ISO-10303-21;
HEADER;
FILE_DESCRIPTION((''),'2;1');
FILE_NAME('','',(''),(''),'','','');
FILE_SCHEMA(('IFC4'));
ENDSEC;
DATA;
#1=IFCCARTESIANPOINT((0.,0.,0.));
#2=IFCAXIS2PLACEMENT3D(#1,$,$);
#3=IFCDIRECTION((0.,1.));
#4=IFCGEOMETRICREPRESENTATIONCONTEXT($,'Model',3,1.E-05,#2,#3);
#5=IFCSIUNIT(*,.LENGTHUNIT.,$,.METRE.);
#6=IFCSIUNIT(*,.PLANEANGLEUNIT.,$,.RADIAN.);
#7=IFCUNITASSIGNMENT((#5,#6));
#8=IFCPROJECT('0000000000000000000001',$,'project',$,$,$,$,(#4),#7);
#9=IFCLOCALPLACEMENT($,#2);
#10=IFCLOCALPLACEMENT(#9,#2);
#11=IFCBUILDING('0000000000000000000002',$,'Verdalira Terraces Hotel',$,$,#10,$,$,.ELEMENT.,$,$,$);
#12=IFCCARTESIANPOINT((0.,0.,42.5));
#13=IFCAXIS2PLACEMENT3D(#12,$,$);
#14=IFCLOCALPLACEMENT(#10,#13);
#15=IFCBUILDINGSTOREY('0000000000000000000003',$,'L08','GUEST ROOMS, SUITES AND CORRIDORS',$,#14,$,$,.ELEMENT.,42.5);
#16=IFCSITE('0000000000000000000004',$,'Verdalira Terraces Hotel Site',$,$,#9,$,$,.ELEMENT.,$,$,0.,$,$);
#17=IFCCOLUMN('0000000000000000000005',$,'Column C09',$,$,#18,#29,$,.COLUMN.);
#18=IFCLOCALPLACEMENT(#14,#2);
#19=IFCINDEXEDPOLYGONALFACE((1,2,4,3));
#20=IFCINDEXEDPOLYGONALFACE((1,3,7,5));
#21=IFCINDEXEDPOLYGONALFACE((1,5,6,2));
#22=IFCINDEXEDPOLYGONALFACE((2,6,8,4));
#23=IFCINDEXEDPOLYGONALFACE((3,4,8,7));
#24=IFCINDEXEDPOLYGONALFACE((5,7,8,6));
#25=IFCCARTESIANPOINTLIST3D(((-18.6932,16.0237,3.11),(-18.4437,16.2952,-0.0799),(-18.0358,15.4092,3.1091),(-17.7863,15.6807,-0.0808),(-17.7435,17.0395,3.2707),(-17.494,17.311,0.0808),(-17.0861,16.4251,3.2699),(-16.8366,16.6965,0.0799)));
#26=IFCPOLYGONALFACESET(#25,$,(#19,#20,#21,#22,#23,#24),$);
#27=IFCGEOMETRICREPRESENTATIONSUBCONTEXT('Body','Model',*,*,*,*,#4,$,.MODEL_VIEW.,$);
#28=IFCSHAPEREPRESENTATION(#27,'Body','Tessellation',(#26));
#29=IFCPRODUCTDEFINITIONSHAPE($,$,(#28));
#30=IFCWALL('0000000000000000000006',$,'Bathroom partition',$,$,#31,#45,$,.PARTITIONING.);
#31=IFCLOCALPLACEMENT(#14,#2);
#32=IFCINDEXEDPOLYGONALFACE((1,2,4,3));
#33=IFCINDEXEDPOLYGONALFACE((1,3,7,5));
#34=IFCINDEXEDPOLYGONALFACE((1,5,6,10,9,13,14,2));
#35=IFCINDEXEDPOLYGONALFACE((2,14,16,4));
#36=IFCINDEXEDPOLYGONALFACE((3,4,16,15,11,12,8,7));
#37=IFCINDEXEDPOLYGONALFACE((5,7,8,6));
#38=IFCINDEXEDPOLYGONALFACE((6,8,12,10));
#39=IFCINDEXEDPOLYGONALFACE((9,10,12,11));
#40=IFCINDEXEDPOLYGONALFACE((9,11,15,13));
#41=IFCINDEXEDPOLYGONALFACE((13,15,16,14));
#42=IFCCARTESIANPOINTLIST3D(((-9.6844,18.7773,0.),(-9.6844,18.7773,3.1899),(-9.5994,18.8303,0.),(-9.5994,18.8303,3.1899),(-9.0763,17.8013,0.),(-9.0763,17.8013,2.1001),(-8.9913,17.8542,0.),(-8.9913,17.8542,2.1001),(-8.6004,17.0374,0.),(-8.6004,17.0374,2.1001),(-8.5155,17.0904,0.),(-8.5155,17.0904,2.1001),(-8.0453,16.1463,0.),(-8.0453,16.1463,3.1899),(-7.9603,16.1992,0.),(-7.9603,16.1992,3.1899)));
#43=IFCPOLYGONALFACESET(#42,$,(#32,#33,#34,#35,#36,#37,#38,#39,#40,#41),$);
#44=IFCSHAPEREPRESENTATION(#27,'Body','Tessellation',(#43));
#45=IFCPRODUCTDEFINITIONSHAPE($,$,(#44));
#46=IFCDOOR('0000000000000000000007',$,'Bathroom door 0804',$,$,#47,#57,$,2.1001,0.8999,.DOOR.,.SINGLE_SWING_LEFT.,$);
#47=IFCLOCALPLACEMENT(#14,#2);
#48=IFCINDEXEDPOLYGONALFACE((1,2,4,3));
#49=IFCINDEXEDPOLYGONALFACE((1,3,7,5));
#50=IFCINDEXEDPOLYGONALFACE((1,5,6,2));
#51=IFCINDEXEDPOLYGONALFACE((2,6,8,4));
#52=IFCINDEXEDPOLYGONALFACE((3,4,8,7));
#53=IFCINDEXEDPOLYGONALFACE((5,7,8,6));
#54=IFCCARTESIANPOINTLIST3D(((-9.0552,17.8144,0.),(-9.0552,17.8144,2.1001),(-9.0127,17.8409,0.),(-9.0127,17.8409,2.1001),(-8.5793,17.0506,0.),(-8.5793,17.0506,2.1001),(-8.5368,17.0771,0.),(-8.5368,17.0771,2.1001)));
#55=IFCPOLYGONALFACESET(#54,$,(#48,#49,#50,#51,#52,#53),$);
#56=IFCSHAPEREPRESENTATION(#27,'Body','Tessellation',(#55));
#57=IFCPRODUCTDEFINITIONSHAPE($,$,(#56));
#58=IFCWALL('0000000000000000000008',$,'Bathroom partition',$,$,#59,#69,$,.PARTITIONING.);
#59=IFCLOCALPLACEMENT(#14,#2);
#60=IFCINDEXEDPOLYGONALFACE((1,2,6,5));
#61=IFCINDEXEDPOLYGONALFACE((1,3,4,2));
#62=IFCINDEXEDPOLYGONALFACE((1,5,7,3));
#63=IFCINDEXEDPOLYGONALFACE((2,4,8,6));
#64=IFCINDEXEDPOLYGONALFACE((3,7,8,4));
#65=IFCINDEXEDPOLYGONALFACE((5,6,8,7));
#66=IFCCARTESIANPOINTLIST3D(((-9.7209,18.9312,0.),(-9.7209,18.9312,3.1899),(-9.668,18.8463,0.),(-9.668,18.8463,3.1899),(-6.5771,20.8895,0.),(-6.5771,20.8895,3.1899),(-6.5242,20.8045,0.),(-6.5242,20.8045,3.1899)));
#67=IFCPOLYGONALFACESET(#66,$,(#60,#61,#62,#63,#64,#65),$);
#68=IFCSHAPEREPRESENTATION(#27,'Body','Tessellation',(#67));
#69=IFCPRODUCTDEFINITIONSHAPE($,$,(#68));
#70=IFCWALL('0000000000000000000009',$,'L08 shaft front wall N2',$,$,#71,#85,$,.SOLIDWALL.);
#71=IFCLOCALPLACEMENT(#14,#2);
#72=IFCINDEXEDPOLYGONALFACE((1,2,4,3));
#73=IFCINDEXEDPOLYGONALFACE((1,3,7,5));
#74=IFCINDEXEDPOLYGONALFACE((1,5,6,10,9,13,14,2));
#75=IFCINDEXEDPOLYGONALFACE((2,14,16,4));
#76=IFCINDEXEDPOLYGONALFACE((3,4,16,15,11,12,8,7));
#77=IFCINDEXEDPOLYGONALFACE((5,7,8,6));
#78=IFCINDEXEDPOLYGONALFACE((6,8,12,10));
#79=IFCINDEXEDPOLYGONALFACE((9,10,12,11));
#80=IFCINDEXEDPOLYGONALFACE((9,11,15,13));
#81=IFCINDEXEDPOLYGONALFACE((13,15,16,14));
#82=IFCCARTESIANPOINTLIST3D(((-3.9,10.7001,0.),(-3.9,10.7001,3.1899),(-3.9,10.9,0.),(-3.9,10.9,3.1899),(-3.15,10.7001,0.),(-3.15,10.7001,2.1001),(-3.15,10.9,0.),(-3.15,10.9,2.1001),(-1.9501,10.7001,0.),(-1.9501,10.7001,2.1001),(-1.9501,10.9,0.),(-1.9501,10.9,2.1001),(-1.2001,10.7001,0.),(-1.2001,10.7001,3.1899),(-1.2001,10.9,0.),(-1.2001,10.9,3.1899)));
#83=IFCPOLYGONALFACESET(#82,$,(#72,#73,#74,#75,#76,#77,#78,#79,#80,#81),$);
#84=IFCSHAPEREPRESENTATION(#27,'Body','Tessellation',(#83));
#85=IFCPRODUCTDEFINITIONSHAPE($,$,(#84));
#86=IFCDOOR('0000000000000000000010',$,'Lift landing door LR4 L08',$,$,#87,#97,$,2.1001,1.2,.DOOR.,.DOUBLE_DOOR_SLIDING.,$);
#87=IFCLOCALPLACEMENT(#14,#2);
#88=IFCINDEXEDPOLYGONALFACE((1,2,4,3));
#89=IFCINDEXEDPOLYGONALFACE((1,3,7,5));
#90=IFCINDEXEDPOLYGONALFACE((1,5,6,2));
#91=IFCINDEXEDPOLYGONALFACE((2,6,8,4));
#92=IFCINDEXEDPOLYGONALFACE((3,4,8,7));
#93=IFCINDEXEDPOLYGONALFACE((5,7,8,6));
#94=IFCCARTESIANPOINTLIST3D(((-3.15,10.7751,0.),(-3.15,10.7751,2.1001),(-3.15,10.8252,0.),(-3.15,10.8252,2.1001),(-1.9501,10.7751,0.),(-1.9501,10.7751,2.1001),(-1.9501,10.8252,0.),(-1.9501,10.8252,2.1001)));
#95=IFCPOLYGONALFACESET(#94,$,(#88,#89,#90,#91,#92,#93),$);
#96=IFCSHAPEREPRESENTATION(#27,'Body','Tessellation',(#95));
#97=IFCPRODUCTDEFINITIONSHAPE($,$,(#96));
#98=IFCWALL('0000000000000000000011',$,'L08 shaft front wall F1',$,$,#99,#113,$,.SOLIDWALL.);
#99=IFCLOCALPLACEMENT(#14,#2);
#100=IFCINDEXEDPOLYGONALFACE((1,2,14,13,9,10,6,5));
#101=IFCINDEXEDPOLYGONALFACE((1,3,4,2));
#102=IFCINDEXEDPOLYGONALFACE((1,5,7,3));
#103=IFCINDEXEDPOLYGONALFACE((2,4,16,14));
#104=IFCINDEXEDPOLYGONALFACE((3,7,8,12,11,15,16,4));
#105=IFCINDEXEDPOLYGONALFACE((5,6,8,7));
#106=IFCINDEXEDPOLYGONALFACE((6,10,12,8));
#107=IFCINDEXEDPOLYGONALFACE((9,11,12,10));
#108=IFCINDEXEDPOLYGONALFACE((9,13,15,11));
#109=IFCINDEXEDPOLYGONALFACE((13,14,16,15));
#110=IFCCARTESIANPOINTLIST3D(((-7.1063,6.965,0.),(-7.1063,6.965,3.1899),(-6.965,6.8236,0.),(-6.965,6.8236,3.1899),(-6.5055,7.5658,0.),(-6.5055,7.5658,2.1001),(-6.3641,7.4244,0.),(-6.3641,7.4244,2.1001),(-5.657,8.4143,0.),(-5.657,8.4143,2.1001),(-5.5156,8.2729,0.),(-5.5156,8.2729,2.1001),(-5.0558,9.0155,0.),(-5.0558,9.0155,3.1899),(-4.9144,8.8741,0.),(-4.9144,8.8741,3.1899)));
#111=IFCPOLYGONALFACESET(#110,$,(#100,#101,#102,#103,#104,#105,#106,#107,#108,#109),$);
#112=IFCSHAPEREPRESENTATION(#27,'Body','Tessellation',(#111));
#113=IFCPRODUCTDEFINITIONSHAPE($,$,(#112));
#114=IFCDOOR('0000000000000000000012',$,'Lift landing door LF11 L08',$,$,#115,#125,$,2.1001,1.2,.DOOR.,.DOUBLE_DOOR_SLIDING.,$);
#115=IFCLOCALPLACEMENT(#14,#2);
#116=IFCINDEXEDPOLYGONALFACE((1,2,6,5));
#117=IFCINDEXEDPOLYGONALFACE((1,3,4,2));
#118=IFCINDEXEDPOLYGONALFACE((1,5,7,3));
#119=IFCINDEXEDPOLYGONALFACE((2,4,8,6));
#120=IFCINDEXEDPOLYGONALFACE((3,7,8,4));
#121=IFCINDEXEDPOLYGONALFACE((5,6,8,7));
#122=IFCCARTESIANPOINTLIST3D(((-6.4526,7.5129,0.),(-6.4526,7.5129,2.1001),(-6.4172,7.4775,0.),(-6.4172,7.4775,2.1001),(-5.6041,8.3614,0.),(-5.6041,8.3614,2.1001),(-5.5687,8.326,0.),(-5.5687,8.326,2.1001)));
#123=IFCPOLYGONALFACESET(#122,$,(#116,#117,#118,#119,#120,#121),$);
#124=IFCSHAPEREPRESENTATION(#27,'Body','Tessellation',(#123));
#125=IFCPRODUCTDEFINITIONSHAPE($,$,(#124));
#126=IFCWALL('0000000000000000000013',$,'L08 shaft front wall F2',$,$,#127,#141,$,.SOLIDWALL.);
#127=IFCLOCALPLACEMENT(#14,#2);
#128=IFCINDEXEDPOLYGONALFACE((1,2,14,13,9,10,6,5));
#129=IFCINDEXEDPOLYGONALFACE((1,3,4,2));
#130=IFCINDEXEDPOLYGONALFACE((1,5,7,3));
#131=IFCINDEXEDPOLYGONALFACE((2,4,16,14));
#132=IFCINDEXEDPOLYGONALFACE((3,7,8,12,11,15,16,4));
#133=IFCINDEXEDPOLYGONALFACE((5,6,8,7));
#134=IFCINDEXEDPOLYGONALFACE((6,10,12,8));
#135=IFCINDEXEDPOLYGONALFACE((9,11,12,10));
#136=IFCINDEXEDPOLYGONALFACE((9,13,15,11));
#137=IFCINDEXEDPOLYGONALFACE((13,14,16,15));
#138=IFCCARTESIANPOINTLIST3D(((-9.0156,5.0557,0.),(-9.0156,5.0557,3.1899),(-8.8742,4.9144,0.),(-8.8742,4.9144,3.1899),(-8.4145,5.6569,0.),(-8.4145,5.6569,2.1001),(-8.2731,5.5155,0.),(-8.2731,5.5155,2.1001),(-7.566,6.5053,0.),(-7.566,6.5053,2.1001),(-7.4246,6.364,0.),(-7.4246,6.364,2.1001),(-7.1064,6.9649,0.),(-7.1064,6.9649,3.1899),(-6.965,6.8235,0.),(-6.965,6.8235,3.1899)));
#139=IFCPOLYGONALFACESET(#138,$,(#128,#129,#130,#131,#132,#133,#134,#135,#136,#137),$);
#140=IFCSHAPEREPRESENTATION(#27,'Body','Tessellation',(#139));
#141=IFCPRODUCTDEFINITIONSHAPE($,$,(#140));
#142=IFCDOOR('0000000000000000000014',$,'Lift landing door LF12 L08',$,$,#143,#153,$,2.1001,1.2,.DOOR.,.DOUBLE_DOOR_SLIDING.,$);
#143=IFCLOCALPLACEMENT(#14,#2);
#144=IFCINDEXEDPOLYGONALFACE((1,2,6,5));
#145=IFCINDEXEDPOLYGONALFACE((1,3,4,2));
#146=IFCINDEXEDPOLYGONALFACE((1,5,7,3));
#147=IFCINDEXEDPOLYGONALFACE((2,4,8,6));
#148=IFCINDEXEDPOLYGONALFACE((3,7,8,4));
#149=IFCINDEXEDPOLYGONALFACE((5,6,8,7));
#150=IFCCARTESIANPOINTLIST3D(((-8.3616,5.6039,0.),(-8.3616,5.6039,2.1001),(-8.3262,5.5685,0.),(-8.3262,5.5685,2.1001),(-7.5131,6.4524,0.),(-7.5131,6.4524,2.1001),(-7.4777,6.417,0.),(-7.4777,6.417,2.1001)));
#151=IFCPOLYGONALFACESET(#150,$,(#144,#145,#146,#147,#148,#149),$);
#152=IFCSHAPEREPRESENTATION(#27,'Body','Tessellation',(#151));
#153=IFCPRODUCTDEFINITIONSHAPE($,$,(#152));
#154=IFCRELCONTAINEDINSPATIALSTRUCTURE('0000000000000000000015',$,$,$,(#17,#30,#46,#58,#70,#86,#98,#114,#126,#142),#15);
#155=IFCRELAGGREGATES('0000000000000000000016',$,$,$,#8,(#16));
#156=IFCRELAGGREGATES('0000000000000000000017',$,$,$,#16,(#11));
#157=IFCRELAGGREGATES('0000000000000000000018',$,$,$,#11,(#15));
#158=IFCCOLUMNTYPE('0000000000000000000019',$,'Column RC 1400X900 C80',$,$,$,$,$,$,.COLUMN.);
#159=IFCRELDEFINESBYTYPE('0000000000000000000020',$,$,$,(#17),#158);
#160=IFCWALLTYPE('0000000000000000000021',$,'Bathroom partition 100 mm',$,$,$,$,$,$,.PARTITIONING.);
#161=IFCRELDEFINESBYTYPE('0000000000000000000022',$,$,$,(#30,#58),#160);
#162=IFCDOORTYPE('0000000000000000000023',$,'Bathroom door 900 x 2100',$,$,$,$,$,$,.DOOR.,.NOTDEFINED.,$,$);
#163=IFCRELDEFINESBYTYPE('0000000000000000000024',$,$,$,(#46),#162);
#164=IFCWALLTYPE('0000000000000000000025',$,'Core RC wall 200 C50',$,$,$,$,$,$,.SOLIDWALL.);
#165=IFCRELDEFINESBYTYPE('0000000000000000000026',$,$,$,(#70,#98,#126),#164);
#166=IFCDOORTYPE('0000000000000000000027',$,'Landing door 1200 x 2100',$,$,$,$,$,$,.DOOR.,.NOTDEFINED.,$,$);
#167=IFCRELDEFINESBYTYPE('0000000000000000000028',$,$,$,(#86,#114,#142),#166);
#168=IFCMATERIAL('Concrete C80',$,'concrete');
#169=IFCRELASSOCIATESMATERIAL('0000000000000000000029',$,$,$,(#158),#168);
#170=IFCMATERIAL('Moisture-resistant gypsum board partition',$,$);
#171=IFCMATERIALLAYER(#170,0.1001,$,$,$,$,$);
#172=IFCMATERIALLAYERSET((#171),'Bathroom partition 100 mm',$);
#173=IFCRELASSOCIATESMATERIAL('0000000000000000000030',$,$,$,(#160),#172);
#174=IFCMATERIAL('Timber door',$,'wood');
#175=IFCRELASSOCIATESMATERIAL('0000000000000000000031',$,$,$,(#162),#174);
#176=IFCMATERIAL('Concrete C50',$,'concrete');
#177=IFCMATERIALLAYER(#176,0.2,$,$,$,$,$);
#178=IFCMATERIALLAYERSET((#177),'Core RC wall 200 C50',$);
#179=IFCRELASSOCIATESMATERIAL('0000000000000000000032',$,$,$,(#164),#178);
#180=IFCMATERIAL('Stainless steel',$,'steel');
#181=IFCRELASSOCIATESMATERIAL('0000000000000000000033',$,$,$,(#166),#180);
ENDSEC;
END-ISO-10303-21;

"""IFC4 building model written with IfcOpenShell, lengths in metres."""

from ifc_helpers import new_model, si_unit, direction, frame, frame_2d, origin, origin_2d, place, context, subcontext, project, spatial, rectangle, extrude, material, layer, layer_set, material_profile, profile_set, type_object, element, fill, save


model = new_model("IFC4")

# Units and contexts
model_context = context("Model", 3, precision=1e-05, world=origin(), true_north=direction((0.0, 1.0)))
body_context = subcontext(model_context, "Body", "Model", "MODEL_VIEW")
ifc_project = project(units=[si_unit("LENGTHUNIT", "METRE"), si_unit("PLANEANGLEUNIT", "RADIAN")], contexts=[model_context])

# Site, building, storey
site_placement = place(None, origin())
site = spatial("IfcSite", under=ifc_project, at=site_placement, Name="Verdalira Terraces Hotel Site", CompositionType="ELEMENT", RefElevation=0.0)
building_placement = place(site_placement, origin())
building = spatial("IfcBuilding", under=site, at=building_placement, Name="Verdalira Terraces Hotel", CompositionType="ELEMENT")
storey_placement = place(building_placement, frame((0.0, 0.0, 42.5)))
storey = spatial("IfcBuildingStorey", under=building, at=storey_placement, Name="L08", Description="GUEST ROOMS, SUITES AND CORRIDORS", CompositionType="ELEMENT", Elevation=42.5)

# Column
ifc_material_1 = material(Name="Concrete C80", Category="concrete")
ifc_material_profile = material_profile(ifc_material_1, rectangle(XDim=1.3999, YDim=0.8999, at=origin_2d()), Name="RC 1400X900")
ifc_profile_set = profile_set([ifc_material_profile], Name="Concrete C80")
column_type = type_object("IfcColumnType", Name="Column RC 1400X900 C80", PredefinedType="COLUMN", material=ifc_profile_set)
column_placement = place(storey_placement, frame((-17.6401, 16.4959, 0.0), z_axis=(-0.077701, -0.084543, 0.993386), x_axis=(0.678393, 0.725671, 0.114822)))
element("IfcColumn", 1, at=column_placement, inside=storey, type_object=column_type, Name="Column C09", PredefinedType="COLUMN", context=body_context, shape_type="SweptSolid", body=[
    extrude(rectangle(XDim=1.3999, YDim=0.8999, at=origin_2d()), origin(), (0.0, 0.0, 1.0), 3.2112),
])

# Wall, opening, door
ifc_material_2 = material(Name="Moisture-resistant gypsum board partition")
ifc_layer_1 = layer(ifc_material_2, 0.1001)
ifc_layer_set_1 = layer_set([ifc_layer_1], Name="Bathroom partition 100 mm")
wall_type_1 = type_object("IfcWallType", Name="Bathroom partition 100 mm", PredefinedType="PARTITIONING", material=ifc_layer_set_1)
wall_1_placement = place(storey_placement, frame((-9.6418, 18.8037, 0.0), z_axis=(0.0, 0.0, 1.0), x_axis=(0.528774, -0.848763, 0.0)))
wall_1 = element("IfcWall", 2, at=wall_1_placement, inside=storey, type_object=wall_type_1, Name="Bathroom partition", PredefinedType="PARTITIONING", context=body_context, shape_type="SweptSolid", body=[
    extrude(rectangle(XDim=3.0999, YDim=0.1001, at=frame_2d((1.5498, 0.0))), origin(), (0.0, 0.0, 1.0), 3.1899),
])
opening_1_placement = place(wall_1_placement, frame((1.1499, 0.0, 0.0)))
opening_1 = element("IfcOpeningElement", 3, at=opening_1_placement, cuts=wall_1, PredefinedType="OPENING", context=body_context, shape_type="SweptSolid", body=[
    extrude(rectangle(XDim=0.8999, YDim=2.1001, at=frame_2d((0.45, 1.05))), frame((0.0, 0.0601, 0.0), z_axis=(0.0, -1.0, 0.0), x_axis=(1.0, 0.0, 0.0)), (0.0, 0.0, 1.0), 0.1201),
])
ifc_material_3 = material(Name="Timber door", Category="wood")
door_type_1 = type_object("IfcDoorType", Name="Bathroom door 900 x 2100", OperationType="NOTDEFINED", PredefinedType="DOOR", material=ifc_material_3)
door_1_placement = place(opening_1_placement, origin())
door_1 = element("IfcDoor", 4, at=door_1_placement, inside=storey, type_object=door_type_1, Name="Bathroom door 0804", OperationType="SINGLE_SWING_LEFT", OverallHeight=2.1001, OverallWidth=0.8999, PredefinedType="DOOR", context=body_context, shape_type="SweptSolid", body=[
    extrude(rectangle(XDim=0.8999, YDim=2.1001, at=frame_2d((0.45, 1.05))), frame((0.0, 0.0249, 0.0), z_axis=(0.0, -1.0, 0.0), x_axis=(1.0, 0.0, 0.0)), (0.0, 0.0, 1.0), 0.05),
])
fill(opening_1, door_1)

# Wall
wall_2_placement = place(storey_placement, frame((-9.6946, 18.8887, 0.0), z_axis=(0.0, 0.0, 1.0), x_axis=(0.848801, 0.528713, 0.0)))
element("IfcWall", 5, at=wall_2_placement, inside=storey, type_object=wall_type_1, Name="Bathroom partition", PredefinedType="PARTITIONING", context=body_context, shape_type="SweptSolid", body=[
    extrude(rectangle(XDim=3.7039, YDim=0.1001, at=frame_2d((1.8521, 0.0))), origin(), (0.0, 0.0, 1.0), 3.1899),
])

# Walls, openings, doors
ifc_material_4 = material(Name="Concrete C50", Category="concrete")
ifc_layer_2 = layer(ifc_material_4, 0.2)
ifc_layer_set_2 = layer_set([ifc_layer_2], Name="Core RC wall 200 C50")
wall_type_2 = type_object("IfcWallType", Name="Core RC wall 200 C50", PredefinedType="SOLIDWALL", material=ifc_layer_set_2)
wall_3_placement = place(storey_placement, frame((-1.2, 10.8, 0.0), z_axis=(0.0, 0.0, 1.0), x_axis=(-1.0, 0.0, 0.0)))
wall_3 = element("IfcWall", 6, at=wall_3_placement, inside=storey, type_object=wall_type_2, Name="L08 shaft front wall N2", PredefinedType="SOLIDWALL", context=body_context, shape_type="SweptSolid", body=[
    extrude(rectangle(XDim=2.7, YDim=0.2, at=frame_2d((1.3501, 0.0))), origin(), (0.0, 0.0, 1.0), 3.1899),
])
opening_2_placement = place(wall_3_placement, frame((0.75, 0.0, 0.0)))
opening_2 = element("IfcOpeningElement", 7, at=opening_2_placement, cuts=wall_3, PredefinedType="OPENING", context=body_context, shape_type="SweptSolid", body=[
    extrude(rectangle(XDim=1.2, YDim=2.1001, at=frame_2d((0.6001, 1.05))), frame((0.0, 0.1099, 0.0), z_axis=(0.0, -1.0, 0.0), x_axis=(1.0, 0.0, 0.0)), (0.0, 0.0, 1.0), 0.22),
])
ifc_material_5 = material(Name="Stainless steel", Category="steel")
door_type_2 = type_object("IfcDoorType", Name="Landing door 1200 x 2100", OperationType="NOTDEFINED", PredefinedType="DOOR", material=ifc_material_5)
door_2_placement = place(opening_2_placement, origin())
door_2 = element("IfcDoor", 8, at=door_2_placement, inside=storey, type_object=door_type_2, Name="Lift landing door LR4 L08", OperationType="DOUBLE_DOOR_SLIDING", OverallHeight=2.1001, OverallWidth=1.2, PredefinedType="DOOR", context=body_context, shape_type="SweptSolid", body=[
    extrude(rectangle(XDim=1.2, YDim=2.1001, at=frame_2d((0.6001, 1.05))), frame((0.0, 0.0249, 0.0), z_axis=(0.0, -1.0, 0.0), x_axis=(1.0, 0.0, 0.0)), (0.0, 0.0, 1.0), 0.05),
])
fill(opening_2, door_2)
wall_4_placement = place(storey_placement, frame((-4.9851, 8.9448, 0.0), z_axis=(0.0, 0.0, 1.0), x_axis=(-0.707107, -0.707107, 0.0)))
wall_4 = element("IfcWall", 9, at=wall_4_placement, inside=storey, type_object=wall_type_2, Name="L08 shaft front wall F1", PredefinedType="SOLIDWALL", context=body_context, shape_type="SweptSolid", body=[
    extrude(rectangle(XDim=2.8999, YDim=0.2, at=frame_2d((1.45, 0.0))), origin(), (0.0, 0.0, 1.0), 3.1899),
])
opening_3_placement = place(wall_4_placement, frame((0.8501, 0.0, 0.0)))
opening_3 = element("IfcOpeningElement", 10, at=opening_3_placement, cuts=wall_4, PredefinedType="OPENING", context=body_context, shape_type="SweptSolid", body=[
    extrude(rectangle(XDim=1.2, YDim=2.1001, at=frame_2d((0.6001, 1.05))), frame((0.0, 0.1099, 0.0), z_axis=(0.0, -1.0, 0.0), x_axis=(1.0, 0.0, 0.0)), (0.0, 0.0, 1.0), 0.22),
])
door_3_placement = place(opening_3_placement, origin())
door_3 = element("IfcDoor", 11, at=door_3_placement, inside=storey, type_object=door_type_2, Name="Lift landing door LF11 L08", OperationType="DOUBLE_DOOR_SLIDING", OverallHeight=2.1001, OverallWidth=1.2, PredefinedType="DOOR", context=body_context, shape_type="SweptSolid", body=[
    extrude(rectangle(XDim=1.2, YDim=2.1001, at=frame_2d((0.6001, 1.05))), frame((0.0, 0.0249, 0.0), z_axis=(0.0, -1.0, 0.0), x_axis=(1.0, 0.0, 0.0)), (0.0, 0.0, 1.0), 0.05),
])
fill(opening_3, door_3)
wall_5_placement = place(storey_placement, frame((-7.0356, 6.8943, 0.0), z_axis=(0.0, 0.0, 1.0), x_axis=(-0.707107, -0.707107, 0.0)))
wall_5 = element("IfcWall", 12, at=wall_5_placement, inside=storey, type_object=wall_type_2, Name="L08 shaft front wall F2", PredefinedType="SOLIDWALL", context=body_context, shape_type="SweptSolid", body=[
    extrude(rectangle(XDim=2.7, YDim=0.2, at=frame_2d((1.3501, 0.0))), origin(), (0.0, 0.0, 1.0), 3.1899),
])
opening_4_placement = place(wall_5_placement, frame((0.6499, 0.0, 0.0)))
opening_4 = element("IfcOpeningElement", 13, at=opening_4_placement, cuts=wall_5, PredefinedType="OPENING", context=body_context, shape_type="SweptSolid", body=[
    extrude(rectangle(XDim=1.2, YDim=2.1001, at=frame_2d((0.6001, 1.05))), frame((0.0, 0.1099, 0.0), z_axis=(0.0, -1.0, 0.0), x_axis=(1.0, 0.0, 0.0)), (0.0, 0.0, 1.0), 0.22),
])
door_4_placement = place(opening_4_placement, origin())
door_4 = element("IfcDoor", 14, at=door_4_placement, inside=storey, type_object=door_type_2, Name="Lift landing door LF12 L08", OperationType="DOUBLE_DOOR_SLIDING", OverallHeight=2.1001, OverallWidth=1.2, PredefinedType="DOOR", context=body_context, shape_type="SweptSolid", body=[
    extrude(rectangle(XDim=1.2, YDim=2.1001, at=frame_2d((0.6001, 1.05))), frame((0.0, 0.0249, 0.0), z_axis=(0.0, -1.0, 0.0), x_axis=(1.0, 0.0, 0.0)), (0.0, 0.0, 1.0), 0.05),
])
fill(opening_4, door_4)

save(model, "model.ifc")
